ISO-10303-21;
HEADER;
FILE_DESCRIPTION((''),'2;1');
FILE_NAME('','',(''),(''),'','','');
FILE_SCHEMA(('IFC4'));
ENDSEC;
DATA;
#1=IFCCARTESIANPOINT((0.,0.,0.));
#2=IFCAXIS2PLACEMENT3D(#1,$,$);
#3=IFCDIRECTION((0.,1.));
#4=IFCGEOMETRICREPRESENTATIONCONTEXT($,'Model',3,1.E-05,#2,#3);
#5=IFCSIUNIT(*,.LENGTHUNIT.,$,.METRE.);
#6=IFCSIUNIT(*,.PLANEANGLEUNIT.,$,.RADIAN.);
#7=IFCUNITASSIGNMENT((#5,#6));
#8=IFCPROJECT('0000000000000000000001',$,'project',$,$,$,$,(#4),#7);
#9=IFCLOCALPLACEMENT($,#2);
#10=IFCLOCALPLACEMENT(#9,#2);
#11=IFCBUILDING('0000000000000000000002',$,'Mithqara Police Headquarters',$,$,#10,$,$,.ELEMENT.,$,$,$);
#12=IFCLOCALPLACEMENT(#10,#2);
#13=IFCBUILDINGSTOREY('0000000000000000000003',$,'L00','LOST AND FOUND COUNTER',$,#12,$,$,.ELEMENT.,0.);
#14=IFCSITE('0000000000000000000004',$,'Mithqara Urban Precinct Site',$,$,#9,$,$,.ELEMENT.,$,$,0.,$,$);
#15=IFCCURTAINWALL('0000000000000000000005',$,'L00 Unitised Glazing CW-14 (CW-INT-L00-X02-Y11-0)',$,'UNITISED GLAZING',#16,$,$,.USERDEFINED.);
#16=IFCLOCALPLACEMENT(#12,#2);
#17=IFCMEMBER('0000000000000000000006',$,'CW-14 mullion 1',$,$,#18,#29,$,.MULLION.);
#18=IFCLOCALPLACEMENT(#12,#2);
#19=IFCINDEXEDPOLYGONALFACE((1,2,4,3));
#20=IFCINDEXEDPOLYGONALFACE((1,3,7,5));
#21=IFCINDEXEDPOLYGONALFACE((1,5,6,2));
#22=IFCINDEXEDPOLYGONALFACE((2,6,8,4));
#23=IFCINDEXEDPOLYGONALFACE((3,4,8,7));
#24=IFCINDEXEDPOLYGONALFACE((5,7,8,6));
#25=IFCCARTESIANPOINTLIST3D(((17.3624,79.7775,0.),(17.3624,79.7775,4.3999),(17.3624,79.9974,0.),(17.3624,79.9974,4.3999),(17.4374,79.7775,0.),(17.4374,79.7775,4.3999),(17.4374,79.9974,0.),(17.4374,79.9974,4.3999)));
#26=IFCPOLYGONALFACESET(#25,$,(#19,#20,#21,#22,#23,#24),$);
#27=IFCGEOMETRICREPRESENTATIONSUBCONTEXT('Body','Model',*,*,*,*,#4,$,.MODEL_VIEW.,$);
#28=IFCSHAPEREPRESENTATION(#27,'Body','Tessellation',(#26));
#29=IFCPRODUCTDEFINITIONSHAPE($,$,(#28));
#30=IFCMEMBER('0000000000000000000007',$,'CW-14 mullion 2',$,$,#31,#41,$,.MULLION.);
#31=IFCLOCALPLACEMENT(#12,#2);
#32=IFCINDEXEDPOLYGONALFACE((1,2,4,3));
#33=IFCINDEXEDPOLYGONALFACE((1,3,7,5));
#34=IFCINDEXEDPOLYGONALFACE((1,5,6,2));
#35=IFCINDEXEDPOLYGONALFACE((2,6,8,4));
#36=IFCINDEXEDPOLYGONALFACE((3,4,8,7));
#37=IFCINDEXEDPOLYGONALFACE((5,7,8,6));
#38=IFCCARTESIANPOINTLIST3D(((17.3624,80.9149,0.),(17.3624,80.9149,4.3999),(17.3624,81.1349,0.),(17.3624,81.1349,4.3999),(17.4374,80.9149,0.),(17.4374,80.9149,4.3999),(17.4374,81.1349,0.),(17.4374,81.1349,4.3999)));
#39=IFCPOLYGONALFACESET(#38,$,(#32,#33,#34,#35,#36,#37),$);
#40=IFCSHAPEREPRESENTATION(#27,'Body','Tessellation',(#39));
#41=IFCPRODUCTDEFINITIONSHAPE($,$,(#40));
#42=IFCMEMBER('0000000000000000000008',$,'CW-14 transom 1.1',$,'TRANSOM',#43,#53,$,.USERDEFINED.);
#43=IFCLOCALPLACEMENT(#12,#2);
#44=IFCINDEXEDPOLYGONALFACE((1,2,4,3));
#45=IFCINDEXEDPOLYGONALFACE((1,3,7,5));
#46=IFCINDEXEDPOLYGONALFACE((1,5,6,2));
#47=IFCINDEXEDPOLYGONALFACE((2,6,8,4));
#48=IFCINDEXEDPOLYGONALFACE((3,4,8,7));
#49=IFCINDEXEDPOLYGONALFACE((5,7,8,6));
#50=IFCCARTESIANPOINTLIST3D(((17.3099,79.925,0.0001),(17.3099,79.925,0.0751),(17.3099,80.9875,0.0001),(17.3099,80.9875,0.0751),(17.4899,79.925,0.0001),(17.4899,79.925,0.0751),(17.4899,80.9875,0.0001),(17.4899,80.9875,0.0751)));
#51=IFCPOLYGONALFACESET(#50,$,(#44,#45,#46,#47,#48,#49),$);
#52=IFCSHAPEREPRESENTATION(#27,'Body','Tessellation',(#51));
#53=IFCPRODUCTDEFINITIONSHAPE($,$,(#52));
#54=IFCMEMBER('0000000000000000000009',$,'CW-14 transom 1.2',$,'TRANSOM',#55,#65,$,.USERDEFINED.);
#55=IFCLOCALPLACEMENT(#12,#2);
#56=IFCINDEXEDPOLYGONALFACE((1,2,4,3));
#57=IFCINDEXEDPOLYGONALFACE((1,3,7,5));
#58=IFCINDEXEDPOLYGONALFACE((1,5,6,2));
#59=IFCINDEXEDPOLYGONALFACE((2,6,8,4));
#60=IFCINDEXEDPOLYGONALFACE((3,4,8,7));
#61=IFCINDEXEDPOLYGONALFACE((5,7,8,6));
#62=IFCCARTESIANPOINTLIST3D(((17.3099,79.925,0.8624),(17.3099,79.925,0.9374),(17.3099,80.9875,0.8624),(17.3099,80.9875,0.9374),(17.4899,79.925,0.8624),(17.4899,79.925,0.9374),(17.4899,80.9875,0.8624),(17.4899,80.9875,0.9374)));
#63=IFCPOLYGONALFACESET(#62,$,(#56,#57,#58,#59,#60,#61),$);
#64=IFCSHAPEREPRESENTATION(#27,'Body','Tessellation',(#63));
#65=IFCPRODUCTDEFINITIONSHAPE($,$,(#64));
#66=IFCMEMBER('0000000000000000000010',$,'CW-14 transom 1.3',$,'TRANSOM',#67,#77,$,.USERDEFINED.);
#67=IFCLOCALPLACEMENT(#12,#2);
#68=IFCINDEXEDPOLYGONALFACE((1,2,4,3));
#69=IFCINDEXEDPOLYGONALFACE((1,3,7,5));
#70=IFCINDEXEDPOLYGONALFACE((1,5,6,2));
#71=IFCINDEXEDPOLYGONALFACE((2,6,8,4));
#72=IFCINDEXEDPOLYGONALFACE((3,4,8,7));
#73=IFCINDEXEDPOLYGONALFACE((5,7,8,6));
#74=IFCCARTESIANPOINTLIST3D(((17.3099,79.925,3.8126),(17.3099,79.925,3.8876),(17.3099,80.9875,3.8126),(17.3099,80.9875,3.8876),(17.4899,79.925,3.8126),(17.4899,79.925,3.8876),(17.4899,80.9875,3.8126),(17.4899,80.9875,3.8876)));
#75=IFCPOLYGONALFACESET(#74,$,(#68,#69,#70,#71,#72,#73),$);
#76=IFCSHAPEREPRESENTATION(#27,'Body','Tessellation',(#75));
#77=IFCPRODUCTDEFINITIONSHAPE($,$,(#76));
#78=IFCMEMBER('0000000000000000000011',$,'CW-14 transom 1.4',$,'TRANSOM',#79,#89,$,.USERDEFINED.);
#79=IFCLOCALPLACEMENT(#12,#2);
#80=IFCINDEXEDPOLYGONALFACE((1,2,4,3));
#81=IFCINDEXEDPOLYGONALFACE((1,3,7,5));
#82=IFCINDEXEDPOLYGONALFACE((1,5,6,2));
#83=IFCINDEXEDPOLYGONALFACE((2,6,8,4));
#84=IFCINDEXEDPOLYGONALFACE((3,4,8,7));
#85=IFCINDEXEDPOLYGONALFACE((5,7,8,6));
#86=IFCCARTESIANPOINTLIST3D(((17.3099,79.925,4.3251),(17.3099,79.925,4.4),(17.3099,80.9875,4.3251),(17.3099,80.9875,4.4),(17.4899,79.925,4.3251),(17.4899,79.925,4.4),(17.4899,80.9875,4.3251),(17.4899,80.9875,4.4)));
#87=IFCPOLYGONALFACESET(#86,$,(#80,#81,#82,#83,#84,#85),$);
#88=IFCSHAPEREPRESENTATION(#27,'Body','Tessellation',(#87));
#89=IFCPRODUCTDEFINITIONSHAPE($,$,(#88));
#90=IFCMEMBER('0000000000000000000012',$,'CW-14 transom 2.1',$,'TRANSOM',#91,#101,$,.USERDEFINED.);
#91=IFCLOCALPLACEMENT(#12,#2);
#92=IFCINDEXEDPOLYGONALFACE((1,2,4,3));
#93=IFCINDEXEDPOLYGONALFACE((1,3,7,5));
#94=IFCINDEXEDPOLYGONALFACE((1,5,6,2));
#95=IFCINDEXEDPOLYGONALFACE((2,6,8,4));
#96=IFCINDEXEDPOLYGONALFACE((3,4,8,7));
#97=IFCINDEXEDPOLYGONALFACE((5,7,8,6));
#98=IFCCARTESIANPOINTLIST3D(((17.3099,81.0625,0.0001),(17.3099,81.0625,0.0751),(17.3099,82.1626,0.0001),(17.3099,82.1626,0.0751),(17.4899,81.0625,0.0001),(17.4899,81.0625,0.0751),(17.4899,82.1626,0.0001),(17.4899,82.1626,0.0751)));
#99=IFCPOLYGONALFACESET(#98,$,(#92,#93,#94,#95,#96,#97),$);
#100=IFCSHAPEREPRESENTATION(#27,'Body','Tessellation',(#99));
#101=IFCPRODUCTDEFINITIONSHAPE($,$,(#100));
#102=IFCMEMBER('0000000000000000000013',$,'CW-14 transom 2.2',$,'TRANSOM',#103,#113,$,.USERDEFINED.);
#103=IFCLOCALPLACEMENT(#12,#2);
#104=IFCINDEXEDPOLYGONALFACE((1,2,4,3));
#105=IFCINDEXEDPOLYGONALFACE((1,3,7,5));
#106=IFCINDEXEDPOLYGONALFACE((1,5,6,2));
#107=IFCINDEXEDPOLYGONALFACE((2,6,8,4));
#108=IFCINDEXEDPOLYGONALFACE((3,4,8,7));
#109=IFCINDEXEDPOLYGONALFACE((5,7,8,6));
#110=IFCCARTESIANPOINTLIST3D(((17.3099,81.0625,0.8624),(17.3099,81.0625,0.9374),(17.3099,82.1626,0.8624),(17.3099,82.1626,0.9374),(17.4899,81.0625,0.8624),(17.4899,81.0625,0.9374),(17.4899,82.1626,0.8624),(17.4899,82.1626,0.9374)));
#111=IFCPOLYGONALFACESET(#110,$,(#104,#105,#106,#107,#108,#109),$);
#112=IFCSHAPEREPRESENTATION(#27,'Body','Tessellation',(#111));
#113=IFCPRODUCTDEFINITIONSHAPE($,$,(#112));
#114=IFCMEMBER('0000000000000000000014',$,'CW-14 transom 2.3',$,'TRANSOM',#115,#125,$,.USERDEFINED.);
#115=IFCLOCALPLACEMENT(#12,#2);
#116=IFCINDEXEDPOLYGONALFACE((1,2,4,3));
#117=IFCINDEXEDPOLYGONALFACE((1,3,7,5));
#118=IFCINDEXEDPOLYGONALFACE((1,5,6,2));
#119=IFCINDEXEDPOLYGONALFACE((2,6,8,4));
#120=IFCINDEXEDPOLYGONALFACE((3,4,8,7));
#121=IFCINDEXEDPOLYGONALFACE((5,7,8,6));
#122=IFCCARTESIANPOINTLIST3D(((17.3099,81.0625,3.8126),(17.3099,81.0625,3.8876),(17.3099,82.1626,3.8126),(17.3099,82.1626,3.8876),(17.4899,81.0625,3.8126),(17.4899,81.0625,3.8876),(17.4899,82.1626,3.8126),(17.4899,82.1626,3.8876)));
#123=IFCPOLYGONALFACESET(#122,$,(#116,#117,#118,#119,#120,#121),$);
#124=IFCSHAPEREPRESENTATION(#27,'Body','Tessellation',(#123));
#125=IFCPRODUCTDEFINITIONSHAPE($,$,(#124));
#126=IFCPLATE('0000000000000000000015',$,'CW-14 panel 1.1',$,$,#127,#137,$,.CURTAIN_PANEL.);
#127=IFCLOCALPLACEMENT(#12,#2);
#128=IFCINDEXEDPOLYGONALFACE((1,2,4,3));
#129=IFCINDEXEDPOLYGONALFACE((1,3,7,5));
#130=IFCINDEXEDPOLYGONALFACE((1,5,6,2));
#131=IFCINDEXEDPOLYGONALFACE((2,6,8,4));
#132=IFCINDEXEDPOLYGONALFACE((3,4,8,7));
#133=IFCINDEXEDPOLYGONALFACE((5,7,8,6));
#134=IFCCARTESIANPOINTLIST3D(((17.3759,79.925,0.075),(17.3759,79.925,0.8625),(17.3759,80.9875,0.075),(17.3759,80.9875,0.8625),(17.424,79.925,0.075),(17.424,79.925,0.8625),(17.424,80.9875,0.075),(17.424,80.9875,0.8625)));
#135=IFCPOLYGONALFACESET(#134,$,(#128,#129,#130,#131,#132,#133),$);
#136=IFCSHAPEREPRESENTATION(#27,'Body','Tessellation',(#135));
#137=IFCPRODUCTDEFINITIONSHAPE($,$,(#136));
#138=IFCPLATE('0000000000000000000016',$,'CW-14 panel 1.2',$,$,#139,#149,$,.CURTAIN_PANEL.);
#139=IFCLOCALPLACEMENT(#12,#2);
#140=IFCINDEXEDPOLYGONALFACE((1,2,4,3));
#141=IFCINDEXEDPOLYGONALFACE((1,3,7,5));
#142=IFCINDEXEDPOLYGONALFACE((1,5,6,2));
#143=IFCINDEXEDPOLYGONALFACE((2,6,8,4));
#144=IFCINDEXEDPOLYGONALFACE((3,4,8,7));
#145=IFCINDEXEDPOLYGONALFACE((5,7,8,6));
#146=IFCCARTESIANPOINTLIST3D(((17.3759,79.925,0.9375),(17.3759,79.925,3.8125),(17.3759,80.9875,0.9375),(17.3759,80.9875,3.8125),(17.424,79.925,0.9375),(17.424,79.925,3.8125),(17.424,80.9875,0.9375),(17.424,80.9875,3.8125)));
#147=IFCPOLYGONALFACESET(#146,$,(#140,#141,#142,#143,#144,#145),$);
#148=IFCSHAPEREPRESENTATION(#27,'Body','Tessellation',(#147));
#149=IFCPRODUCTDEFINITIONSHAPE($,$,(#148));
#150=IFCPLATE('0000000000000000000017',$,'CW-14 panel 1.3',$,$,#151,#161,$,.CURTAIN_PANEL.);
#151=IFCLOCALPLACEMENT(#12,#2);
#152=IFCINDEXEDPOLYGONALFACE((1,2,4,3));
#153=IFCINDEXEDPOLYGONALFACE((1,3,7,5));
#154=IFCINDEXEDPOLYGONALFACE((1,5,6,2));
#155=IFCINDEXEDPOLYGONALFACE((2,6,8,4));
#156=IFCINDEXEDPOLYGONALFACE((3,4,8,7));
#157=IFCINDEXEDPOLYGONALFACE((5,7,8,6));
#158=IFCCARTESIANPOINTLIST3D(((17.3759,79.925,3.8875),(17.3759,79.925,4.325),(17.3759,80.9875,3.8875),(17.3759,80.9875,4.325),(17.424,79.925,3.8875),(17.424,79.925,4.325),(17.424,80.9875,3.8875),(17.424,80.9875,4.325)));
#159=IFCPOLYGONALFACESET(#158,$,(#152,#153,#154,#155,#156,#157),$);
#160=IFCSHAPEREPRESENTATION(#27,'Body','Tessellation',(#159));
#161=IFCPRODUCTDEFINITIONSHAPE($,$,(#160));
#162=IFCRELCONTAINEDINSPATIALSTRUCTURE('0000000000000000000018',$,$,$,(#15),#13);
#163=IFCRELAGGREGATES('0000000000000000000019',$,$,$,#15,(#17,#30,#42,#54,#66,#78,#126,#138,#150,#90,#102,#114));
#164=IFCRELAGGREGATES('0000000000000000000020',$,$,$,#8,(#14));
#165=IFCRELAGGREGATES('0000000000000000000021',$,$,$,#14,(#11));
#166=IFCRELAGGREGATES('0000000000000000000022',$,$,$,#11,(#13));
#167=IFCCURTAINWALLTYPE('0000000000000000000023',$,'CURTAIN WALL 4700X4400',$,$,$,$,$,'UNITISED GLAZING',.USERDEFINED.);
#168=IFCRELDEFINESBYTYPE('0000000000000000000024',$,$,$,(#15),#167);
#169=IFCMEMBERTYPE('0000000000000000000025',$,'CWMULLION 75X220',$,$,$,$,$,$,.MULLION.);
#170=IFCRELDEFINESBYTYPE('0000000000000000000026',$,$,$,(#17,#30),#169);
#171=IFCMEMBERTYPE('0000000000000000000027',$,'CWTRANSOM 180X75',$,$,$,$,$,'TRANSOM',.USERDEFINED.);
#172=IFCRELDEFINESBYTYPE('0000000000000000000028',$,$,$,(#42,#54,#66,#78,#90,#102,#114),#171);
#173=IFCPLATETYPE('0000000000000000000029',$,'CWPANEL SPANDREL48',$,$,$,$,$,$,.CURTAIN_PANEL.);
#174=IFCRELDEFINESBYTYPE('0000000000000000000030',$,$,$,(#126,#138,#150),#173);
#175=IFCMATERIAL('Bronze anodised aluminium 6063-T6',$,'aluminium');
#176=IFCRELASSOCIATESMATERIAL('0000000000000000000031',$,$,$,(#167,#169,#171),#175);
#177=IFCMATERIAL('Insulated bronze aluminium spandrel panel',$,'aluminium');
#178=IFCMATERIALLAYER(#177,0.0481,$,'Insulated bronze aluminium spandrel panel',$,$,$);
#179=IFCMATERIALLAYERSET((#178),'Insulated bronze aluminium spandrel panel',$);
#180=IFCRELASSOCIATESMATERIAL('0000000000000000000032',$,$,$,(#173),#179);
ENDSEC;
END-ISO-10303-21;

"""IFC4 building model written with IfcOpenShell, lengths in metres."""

from ifc_helpers import new_model, si_unit, direction, frame, origin, origin_2d, place, context, subcontext, project, spatial, rectangle, extrude, material, layer, layer_set, material_profile, profile_set, type_object, element, aggregate, save


model = new_model("IFC4")

# Units and contexts
model_context = context("Model", 3, precision=1e-05, world=origin(), true_north=direction((0.0, 1.0)))
body_context = subcontext(model_context, "Body", "Model", "MODEL_VIEW")
ifc_project = project(units=[si_unit("LENGTHUNIT", "METRE"), si_unit("PLANEANGLEUNIT", "RADIAN")], contexts=[model_context])

# Site, building, storey
site_placement = place(None, origin())
site = spatial("IfcSite", under=ifc_project, at=site_placement, Name="Mithqara Urban Precinct Site", CompositionType="ELEMENT", RefElevation=0.0)
building_placement = place(site_placement, origin())
building = spatial("IfcBuilding", under=site, at=building_placement, Name="Mithqara Police Headquarters", CompositionType="ELEMENT")
storey_placement = place(building_placement, origin())
storey = spatial("IfcBuildingStorey", under=building, at=storey_placement, Name="L00", Description="LOST AND FOUND COUNTER", CompositionType="ELEMENT", Elevation=0.0)

# Curtain wall, members, plates
ifc_material_1 = material(Name="Bronze anodised aluminium 6063-T6", Category="aluminium")
curtain_wall_type = type_object("IfcCurtainWallType", Name="CURTAIN WALL 4700X4400", ElementType="UNITISED GLAZING", PredefinedType="USERDEFINED", material=ifc_material_1)
curtain_wall_placement = place(storey_placement, origin())
curtain_wall = element("IfcCurtainWall", 1, at=curtain_wall_placement, inside=storey, type_object=curtain_wall_type, Name="L00 Unitised Glazing CW-14 (CW-INT-L00-X02-Y11-0)", ObjectType="UNITISED GLAZING", PredefinedType="USERDEFINED")
ifc_material_profile_1 = material_profile(ifc_material_1, rectangle(XDim=0.075, YDim=0.22, at=origin_2d()), Name="CWM 75x220")
ifc_profile_set_1 = profile_set([ifc_material_profile_1], Name="Bronze anodised aluminium 6063-T6")
member_type_1 = type_object("IfcMemberType", Name="CWMULLION 75X220", PredefinedType="MULLION", material=ifc_profile_set_1)
member_1_placement = place(storey_placement, frame((17.3999, 79.8875, 0.0), z_axis=(0.0, 0.0, 1.0), x_axis=(-1.0, 0.0, 0.0)))
member_1 = element("IfcMember", 2, at=member_1_placement, type_object=member_type_1, Name="CW-14 mullion 1", PredefinedType="MULLION", context=body_context, shape_type="SweptSolid", body=[
    extrude(rectangle(XDim=0.075, YDim=0.22, at=origin_2d()), origin(), (0.0, 0.0, 1.0), 4.3999),
])
member_2_placement = place(storey_placement, frame((17.3999, 81.0249, 0.0), z_axis=(0.0, 0.0, 1.0), x_axis=(-1.0, 0.0, 0.0)))
member_2 = element("IfcMember", 3, at=member_2_placement, type_object=member_type_1, Name="CW-14 mullion 2", PredefinedType="MULLION", context=body_context, shape_type="SweptSolid", body=[
    extrude(rectangle(XDim=0.075, YDim=0.22, at=origin_2d()), origin(), (0.0, 0.0, 1.0), 4.3999),
])
ifc_material_profile_2 = material_profile(ifc_material_1, rectangle(XDim=0.1799, YDim=0.075, at=origin_2d()), Name="CWT 180x75")
ifc_profile_set_2 = profile_set([ifc_material_profile_2], Name="Bronze anodised aluminium 6063-T6")
member_type_2 = type_object("IfcMemberType", Name="CWTRANSOM 180X75", ElementType="TRANSOM", PredefinedType="USERDEFINED", material=ifc_profile_set_2)
member_3_placement = place(storey_placement, frame((17.3999, 79.925, 0.0376), z_axis=(0.0, 1.0, 0.0), x_axis=(-1.0, 0.0, 0.0)))
member_3 = element("IfcMember", 4, at=member_3_placement, type_object=member_type_2, Name="CW-14 transom 1.1", ObjectType="TRANSOM", PredefinedType="USERDEFINED", context=body_context, shape_type="SweptSolid", body=[
    extrude(rectangle(XDim=0.1799, YDim=0.075, at=origin_2d()), origin(), (0.0, 0.0, 1.0), 1.0625),
])
member_4_placement = place(storey_placement, frame((17.3999, 79.925, 0.8999), z_axis=(0.0, 1.0, 0.0), x_axis=(-1.0, 0.0, 0.0)))
member_4 = element("IfcMember", 5, at=member_4_placement, type_object=member_type_2, Name="CW-14 transom 1.2", ObjectType="TRANSOM", PredefinedType="USERDEFINED", context=body_context, shape_type="SweptSolid", body=[
    extrude(rectangle(XDim=0.1799, YDim=0.075, at=origin_2d()), origin(), (0.0, 0.0, 1.0), 1.0625),
])
member_5_placement = place(storey_placement, frame((17.3999, 79.925, 3.8501), z_axis=(0.0, 1.0, 0.0), x_axis=(-1.0, 0.0, 0.0)))
member_5 = element("IfcMember", 6, at=member_5_placement, type_object=member_type_2, Name="CW-14 transom 1.3", ObjectType="TRANSOM", PredefinedType="USERDEFINED", context=body_context, shape_type="SweptSolid", body=[
    extrude(rectangle(XDim=0.1799, YDim=0.075, at=origin_2d()), origin(), (0.0, 0.0, 1.0), 1.0625),
])
member_6_placement = place(storey_placement, frame((17.3999, 79.925, 4.3625), z_axis=(0.0, 1.0, 0.0), x_axis=(-1.0, 0.0, 0.0)))
member_6 = element("IfcMember", 7, at=member_6_placement, type_object=member_type_2, Name="CW-14 transom 1.4", ObjectType="TRANSOM", PredefinedType="USERDEFINED", context=body_context, shape_type="SweptSolid", body=[
    extrude(rectangle(XDim=0.1799, YDim=0.075, at=origin_2d()), origin(), (0.0, 0.0, 1.0), 1.0625),
])
member_7_placement = place(storey_placement, frame((17.3999, 81.0625, 0.0376), z_axis=(0.0, 1.0, 0.0), x_axis=(-1.0, 0.0, 0.0)))
member_7 = element("IfcMember", 8, at=member_7_placement, type_object=member_type_2, Name="CW-14 transom 2.1", ObjectType="TRANSOM", PredefinedType="USERDEFINED", context=body_context, shape_type="SweptSolid", body=[
    extrude(rectangle(XDim=0.1799, YDim=0.075, at=origin_2d()), origin(), (0.0, 0.0, 1.0), 1.1001),
])
member_8_placement = place(storey_placement, frame((17.3999, 81.0625, 0.8999), z_axis=(0.0, 1.0, 0.0), x_axis=(-1.0, 0.0, 0.0)))
member_8 = element("IfcMember", 9, at=member_8_placement, type_object=member_type_2, Name="CW-14 transom 2.2", ObjectType="TRANSOM", PredefinedType="USERDEFINED", context=body_context, shape_type="SweptSolid", body=[
    extrude(rectangle(XDim=0.1799, YDim=0.075, at=origin_2d()), origin(), (0.0, 0.0, 1.0), 1.1001),
])
member_9_placement = place(storey_placement, frame((17.3999, 81.0625, 3.8501), z_axis=(0.0, 1.0, 0.0), x_axis=(-1.0, 0.0, 0.0)))
member_9 = element("IfcMember", 10, at=member_9_placement, type_object=member_type_2, Name="CW-14 transom 2.3", ObjectType="TRANSOM", PredefinedType="USERDEFINED", context=body_context, shape_type="SweptSolid", body=[
    extrude(rectangle(XDim=0.1799, YDim=0.075, at=origin_2d()), origin(), (0.0, 0.0, 1.0), 1.1001),
])
ifc_material_2 = material(Name="Insulated bronze aluminium spandrel panel", Category="aluminium")
ifc_layer = layer(ifc_material_2, 0.0481, Name="Insulated bronze aluminium spandrel panel")
ifc_layer_set = layer_set([ifc_layer], Name="Insulated bronze aluminium spandrel panel")
plate_type = type_object("IfcPlateType", Name="CWPANEL SPANDREL48", PredefinedType="CURTAIN_PANEL", material=ifc_layer_set)
plate_1_placement = place(storey_placement, frame((17.3999, 80.4563, 0.075), z_axis=(0.0, 0.0, 1.0), x_axis=(0.0, 1.0, 0.0)))
plate_1 = element("IfcPlate", 11, at=plate_1_placement, type_object=plate_type, Name="CW-14 panel 1.1", PredefinedType="CURTAIN_PANEL", context=body_context, shape_type="SweptSolid", body=[
    extrude(rectangle(XDim=1.0625, YDim=0.0481, at=origin_2d()), origin(), (0.0, 0.0, 1.0), 0.7876),
])
plate_2_placement = place(storey_placement, frame((17.3999, 80.4563, 0.9375), z_axis=(0.0, 0.0, 1.0), x_axis=(0.0, 1.0, 0.0)))
plate_2 = element("IfcPlate", 12, at=plate_2_placement, type_object=plate_type, Name="CW-14 panel 1.2", PredefinedType="CURTAIN_PANEL", context=body_context, shape_type="SweptSolid", body=[
    extrude(rectangle(XDim=1.0625, YDim=0.0481, at=origin_2d()), origin(), (0.0, 0.0, 1.0), 2.875),
])
plate_3_placement = place(storey_placement, frame((17.3999, 80.4563, 3.8875), z_axis=(0.0, 0.0, 1.0), x_axis=(0.0, 1.0, 0.0)))
plate_3 = element("IfcPlate", 13, at=plate_3_placement, type_object=plate_type, Name="CW-14 panel 1.3", PredefinedType="CURTAIN_PANEL", context=body_context, shape_type="SweptSolid", body=[
    extrude(rectangle(XDim=1.0625, YDim=0.0481, at=origin_2d()), origin(), (0.0, 0.0, 1.0), 0.4375),
])
aggregate(curtain_wall, [member_1, member_2, member_3, member_4, member_5, member_6, plate_1, plate_2, plate_3, member_7, member_8, member_9])

save(model, "model.ifc")
